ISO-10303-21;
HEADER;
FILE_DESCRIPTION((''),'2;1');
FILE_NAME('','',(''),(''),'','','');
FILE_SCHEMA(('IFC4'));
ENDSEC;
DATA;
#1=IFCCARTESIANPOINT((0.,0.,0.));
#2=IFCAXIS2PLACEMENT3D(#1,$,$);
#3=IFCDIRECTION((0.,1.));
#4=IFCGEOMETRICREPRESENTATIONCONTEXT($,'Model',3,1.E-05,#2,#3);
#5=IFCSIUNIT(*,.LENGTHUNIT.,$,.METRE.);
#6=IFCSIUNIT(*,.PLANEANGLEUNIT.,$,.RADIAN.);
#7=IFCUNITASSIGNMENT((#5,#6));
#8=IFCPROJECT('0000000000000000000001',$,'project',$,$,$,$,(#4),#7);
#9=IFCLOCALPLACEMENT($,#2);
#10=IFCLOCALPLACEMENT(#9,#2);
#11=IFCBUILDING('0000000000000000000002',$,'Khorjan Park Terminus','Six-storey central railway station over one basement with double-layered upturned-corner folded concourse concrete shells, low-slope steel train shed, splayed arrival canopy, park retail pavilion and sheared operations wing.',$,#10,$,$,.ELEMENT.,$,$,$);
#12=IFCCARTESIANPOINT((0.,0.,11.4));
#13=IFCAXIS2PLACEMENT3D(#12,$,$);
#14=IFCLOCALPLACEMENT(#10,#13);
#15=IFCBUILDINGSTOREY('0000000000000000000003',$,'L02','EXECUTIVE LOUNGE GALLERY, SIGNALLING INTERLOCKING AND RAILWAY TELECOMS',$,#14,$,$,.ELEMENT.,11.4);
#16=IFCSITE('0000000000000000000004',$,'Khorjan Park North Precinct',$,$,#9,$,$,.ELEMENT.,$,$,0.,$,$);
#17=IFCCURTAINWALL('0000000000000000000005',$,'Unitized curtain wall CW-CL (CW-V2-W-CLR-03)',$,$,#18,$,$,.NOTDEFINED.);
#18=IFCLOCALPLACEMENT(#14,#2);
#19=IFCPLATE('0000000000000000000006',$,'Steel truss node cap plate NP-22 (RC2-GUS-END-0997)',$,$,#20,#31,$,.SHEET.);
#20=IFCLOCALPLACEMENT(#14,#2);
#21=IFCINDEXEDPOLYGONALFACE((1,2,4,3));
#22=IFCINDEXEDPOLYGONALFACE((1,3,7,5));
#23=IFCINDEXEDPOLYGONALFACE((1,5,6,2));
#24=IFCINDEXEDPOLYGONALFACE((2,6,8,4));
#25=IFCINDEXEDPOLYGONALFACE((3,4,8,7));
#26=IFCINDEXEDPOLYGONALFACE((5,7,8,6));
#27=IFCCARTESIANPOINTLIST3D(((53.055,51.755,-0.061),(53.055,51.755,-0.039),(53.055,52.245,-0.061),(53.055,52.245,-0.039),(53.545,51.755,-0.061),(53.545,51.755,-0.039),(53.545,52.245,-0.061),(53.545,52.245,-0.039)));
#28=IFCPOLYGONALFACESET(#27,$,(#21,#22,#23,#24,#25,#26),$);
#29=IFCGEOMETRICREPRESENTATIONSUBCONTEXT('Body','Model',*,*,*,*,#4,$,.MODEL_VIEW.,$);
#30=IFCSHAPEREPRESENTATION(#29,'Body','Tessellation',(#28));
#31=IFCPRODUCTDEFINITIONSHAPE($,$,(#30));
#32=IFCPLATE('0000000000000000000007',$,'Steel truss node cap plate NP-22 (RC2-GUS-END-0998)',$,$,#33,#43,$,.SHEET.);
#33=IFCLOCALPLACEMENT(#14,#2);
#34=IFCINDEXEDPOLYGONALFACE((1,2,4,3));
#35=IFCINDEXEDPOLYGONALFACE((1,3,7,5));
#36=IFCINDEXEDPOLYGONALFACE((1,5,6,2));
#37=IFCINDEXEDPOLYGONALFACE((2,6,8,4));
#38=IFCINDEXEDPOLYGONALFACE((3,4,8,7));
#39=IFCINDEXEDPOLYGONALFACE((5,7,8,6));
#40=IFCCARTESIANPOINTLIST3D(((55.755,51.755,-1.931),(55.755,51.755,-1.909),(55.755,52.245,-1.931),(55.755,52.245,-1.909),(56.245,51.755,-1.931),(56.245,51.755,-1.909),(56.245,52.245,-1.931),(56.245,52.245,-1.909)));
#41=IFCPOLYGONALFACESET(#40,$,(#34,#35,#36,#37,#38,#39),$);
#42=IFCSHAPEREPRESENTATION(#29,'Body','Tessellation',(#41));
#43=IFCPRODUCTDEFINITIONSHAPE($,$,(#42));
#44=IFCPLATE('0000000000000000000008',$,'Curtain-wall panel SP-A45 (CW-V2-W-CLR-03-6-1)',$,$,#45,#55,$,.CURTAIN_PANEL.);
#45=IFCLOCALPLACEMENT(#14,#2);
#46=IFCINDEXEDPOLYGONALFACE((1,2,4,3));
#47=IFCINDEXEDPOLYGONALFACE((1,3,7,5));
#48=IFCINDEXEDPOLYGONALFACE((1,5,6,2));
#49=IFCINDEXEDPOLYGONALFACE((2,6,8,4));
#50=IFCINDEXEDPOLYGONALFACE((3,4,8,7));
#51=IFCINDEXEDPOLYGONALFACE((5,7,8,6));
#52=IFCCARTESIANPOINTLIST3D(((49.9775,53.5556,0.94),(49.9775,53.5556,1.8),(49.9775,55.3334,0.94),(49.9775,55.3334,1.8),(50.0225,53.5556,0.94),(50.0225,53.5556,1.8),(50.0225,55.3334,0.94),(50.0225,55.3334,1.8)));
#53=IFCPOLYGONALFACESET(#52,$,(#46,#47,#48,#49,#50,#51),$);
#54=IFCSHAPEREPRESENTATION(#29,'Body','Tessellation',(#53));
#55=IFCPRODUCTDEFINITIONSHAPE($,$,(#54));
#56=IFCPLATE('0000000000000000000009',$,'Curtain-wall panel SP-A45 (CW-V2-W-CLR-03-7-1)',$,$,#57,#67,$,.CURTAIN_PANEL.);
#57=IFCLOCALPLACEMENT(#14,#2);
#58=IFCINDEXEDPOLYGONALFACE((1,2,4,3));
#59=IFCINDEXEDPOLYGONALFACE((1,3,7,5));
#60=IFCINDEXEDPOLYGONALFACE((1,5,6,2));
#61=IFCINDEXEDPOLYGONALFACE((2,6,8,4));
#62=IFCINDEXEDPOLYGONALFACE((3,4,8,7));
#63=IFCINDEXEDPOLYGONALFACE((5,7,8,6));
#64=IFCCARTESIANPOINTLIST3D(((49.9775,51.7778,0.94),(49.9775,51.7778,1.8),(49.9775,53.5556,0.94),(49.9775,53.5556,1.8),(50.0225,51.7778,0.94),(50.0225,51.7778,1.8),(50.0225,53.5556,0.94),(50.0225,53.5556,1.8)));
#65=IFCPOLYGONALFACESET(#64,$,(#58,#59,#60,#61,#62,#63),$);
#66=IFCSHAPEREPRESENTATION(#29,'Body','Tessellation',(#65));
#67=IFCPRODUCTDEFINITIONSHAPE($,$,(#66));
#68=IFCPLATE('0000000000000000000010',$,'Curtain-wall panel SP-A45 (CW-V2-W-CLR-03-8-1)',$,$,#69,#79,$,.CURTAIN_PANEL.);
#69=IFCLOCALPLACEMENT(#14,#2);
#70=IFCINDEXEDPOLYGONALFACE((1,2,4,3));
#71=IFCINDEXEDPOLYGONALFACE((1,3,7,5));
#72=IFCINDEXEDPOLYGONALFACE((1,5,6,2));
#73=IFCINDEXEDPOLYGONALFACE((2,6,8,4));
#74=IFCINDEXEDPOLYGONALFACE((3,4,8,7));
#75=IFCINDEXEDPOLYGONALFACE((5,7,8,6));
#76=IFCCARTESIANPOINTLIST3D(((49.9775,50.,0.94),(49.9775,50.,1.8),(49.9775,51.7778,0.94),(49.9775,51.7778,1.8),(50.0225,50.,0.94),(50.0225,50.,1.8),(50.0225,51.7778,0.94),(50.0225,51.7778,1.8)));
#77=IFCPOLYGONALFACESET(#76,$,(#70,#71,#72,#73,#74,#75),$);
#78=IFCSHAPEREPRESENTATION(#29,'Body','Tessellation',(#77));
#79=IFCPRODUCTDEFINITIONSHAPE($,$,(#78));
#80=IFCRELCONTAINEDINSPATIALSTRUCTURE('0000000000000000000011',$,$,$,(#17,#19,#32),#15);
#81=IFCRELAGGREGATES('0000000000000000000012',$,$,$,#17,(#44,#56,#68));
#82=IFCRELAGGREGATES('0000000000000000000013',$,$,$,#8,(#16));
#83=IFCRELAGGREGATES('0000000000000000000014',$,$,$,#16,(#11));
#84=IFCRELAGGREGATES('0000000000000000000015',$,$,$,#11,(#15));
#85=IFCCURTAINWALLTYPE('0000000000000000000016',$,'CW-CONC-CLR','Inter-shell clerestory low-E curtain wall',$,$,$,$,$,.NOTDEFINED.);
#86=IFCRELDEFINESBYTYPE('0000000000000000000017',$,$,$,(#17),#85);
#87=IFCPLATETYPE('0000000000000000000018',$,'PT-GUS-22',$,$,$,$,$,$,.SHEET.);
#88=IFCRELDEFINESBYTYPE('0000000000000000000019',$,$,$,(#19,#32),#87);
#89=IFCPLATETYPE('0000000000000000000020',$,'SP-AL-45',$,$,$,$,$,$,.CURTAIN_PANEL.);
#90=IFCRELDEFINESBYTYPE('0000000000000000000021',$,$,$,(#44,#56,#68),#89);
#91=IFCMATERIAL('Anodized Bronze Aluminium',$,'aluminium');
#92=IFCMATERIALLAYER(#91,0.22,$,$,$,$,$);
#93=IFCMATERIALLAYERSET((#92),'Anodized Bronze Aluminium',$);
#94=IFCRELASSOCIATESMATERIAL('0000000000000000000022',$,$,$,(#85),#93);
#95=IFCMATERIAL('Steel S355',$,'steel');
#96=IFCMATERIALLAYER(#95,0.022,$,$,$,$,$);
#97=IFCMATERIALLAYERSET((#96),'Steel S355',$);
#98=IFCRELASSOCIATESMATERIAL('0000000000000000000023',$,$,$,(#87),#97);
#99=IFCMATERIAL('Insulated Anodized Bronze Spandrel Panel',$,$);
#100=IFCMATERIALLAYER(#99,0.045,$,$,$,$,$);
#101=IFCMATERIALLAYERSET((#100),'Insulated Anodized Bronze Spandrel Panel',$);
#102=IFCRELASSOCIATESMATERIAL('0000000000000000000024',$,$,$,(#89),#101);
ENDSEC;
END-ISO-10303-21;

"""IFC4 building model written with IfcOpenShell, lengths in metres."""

from ifc_helpers import new_model, si_unit, direction, frame, origin, origin_2d, place, context, subcontext, project, spatial, rectangle, extrude, material, layer, layer_set, type_object, element, aggregate, save


model = new_model("IFC4")

# Units and contexts
model_context = context("Model", 3, precision=1e-05, world=origin(), true_north=direction((0.0, 1.0)))
body_context = subcontext(model_context, "Body", "Model", "MODEL_VIEW")
ifc_project = project(units=[si_unit("LENGTHUNIT", "METRE"), si_unit("PLANEANGLEUNIT", "RADIAN")], contexts=[model_context])

# Site, building, storey
site_placement = place(None, origin())
site = spatial("IfcSite", under=ifc_project, at=site_placement, Name="Khorjan Park North Precinct", CompositionType="ELEMENT", RefElevation=0.0)
building_placement = place(site_placement, origin())
building = spatial("IfcBuilding", under=site, at=building_placement, Name="Khorjan Park Terminus", Description="Six-storey central railway station over one basement with double-layered upturned-corner folded concourse concrete shells, low-slope steel train shed, splayed arrival canopy, park retail pavilion and sheared operations wing.", CompositionType="ELEMENT")
storey_placement = place(building_placement, frame((0.0, 0.0, 11.4)))
storey = spatial("IfcBuildingStorey", under=building, at=storey_placement, Name="L02", Description="EXECUTIVE LOUNGE GALLERY, SIGNALLING INTERLOCKING AND RAILWAY TELECOMS", CompositionType="ELEMENT", Elevation=11.4)

# Shared definitions
ifc_material_1 = material(Name="Steel S355", Category="steel")

# Curtain wall
ifc_material_2 = material(Name="Anodized Bronze Aluminium", Category="aluminium")
ifc_layer_1 = layer(ifc_material_2, 0.22)
ifc_layer_set_1 = layer_set([ifc_layer_1], Name="Anodized Bronze Aluminium")
curtain_wall_type = type_object("IfcCurtainWallType", Name="CW-CONC-CLR", Description="Inter-shell clerestory low-E curtain wall", PredefinedType="NOTDEFINED", material=ifc_layer_set_1)
curtain_wall_placement = place(storey_placement, origin())
curtain_wall = element("IfcCurtainWall", 1, at=curtain_wall_placement, inside=storey, type_object=curtain_wall_type, Name="Unitized curtain wall CW-CL (CW-V2-W-CLR-03)", PredefinedType="NOTDEFINED")

# Plates
ifc_layer_2 = layer(ifc_material_1, 0.022)
ifc_layer_set_2 = layer_set([ifc_layer_2], Name="Steel S355")
plate_type_1 = type_object("IfcPlateType", Name="PT-GUS-22", PredefinedType="SHEET", material=ifc_layer_set_2)
for number, where, z_axis, x_axis, name in (
    (2, (53.3, 52.0, -0.061), (0.0, 0.0, 1.0), (1.0, 0.0, 0.0), "Steel truss node cap plate NP-22 (RC2-GUS-END-0997)"),
    (3, (56.0, 52.0, -1.931), (0.0, 0.0, 1.0), (1.0, 0.0, 0.0), "Steel truss node cap plate NP-22 (RC2-GUS-END-0998)"),
):
    element("IfcPlate", number, at=place(storey_placement, frame(where, z_axis=z_axis, x_axis=x_axis)), inside=storey, type_object=plate_type_1, Name=name, PredefinedType="SHEET", context=body_context, shape_type="SweptSolid", body=[
        extrude(rectangle(XDim=0.49, YDim=0.49, at=origin_2d()), origin(), (0.0, 0.0, 1.0), 0.022),
    ])

# Plates
ifc_material_3 = material(Name="Insulated Anodized Bronze Spandrel Panel")
ifc_layer_3 = layer(ifc_material_3, 0.045)
ifc_layer_set_3 = layer_set([ifc_layer_3], Name="Insulated Anodized Bronze Spandrel Panel")
plate_type_2 = type_object("IfcPlateType", Name="SP-AL-45", PredefinedType="CURTAIN_PANEL", material=ifc_layer_set_3)
plate_1_placement = place(storey_placement, frame((50.0, 54.4445, 0.94), z_axis=(0.0, 0.0, 1.0), x_axis=(0.0, -1.0, 0.0)))
plate_1 = element("IfcPlate", 4, at=plate_1_placement, type_object=plate_type_2, Name="Curtain-wall panel SP-A45 (CW-V2-W-CLR-03-6-1)", PredefinedType="CURTAIN_PANEL", context=body_context, shape_type="SweptSolid", body=[
    extrude(rectangle(XDim=1.7778, YDim=0.045, at=origin_2d()), origin(), (0.0, 0.0, 1.0), 0.86),
])
plate_2_placement = place(storey_placement, frame((50.0, 52.6667, 0.94), z_axis=(0.0, 0.0, 1.0), x_axis=(0.0, -1.0, 0.0)))
plate_2 = element("IfcPlate", 5, at=plate_2_placement, type_object=plate_type_2, Name="Curtain-wall panel SP-A45 (CW-V2-W-CLR-03-7-1)", PredefinedType="CURTAIN_PANEL", context=body_context, shape_type="SweptSolid", body=[
    extrude(rectangle(XDim=1.7778, YDim=0.045, at=origin_2d()), origin(), (0.0, 0.0, 1.0), 0.86),
])
plate_3_placement = place(storey_placement, frame((50.0, 50.8889, 0.94), z_axis=(0.0, 0.0, 1.0), x_axis=(0.0, -1.0, 0.0)))
plate_3 = element("IfcPlate", 6, at=plate_3_placement, type_object=plate_type_2, Name="Curtain-wall panel SP-A45 (CW-V2-W-CLR-03-8-1)", PredefinedType="CURTAIN_PANEL", context=body_context, shape_type="SweptSolid", body=[
    extrude(rectangle(XDim=1.7778, YDim=0.045, at=origin_2d()), origin(), (0.0, 0.0, 1.0), 0.86),
])
aggregate(curtain_wall, [plate_1, plate_2, plate_3])

save(model, "model.ifc")
